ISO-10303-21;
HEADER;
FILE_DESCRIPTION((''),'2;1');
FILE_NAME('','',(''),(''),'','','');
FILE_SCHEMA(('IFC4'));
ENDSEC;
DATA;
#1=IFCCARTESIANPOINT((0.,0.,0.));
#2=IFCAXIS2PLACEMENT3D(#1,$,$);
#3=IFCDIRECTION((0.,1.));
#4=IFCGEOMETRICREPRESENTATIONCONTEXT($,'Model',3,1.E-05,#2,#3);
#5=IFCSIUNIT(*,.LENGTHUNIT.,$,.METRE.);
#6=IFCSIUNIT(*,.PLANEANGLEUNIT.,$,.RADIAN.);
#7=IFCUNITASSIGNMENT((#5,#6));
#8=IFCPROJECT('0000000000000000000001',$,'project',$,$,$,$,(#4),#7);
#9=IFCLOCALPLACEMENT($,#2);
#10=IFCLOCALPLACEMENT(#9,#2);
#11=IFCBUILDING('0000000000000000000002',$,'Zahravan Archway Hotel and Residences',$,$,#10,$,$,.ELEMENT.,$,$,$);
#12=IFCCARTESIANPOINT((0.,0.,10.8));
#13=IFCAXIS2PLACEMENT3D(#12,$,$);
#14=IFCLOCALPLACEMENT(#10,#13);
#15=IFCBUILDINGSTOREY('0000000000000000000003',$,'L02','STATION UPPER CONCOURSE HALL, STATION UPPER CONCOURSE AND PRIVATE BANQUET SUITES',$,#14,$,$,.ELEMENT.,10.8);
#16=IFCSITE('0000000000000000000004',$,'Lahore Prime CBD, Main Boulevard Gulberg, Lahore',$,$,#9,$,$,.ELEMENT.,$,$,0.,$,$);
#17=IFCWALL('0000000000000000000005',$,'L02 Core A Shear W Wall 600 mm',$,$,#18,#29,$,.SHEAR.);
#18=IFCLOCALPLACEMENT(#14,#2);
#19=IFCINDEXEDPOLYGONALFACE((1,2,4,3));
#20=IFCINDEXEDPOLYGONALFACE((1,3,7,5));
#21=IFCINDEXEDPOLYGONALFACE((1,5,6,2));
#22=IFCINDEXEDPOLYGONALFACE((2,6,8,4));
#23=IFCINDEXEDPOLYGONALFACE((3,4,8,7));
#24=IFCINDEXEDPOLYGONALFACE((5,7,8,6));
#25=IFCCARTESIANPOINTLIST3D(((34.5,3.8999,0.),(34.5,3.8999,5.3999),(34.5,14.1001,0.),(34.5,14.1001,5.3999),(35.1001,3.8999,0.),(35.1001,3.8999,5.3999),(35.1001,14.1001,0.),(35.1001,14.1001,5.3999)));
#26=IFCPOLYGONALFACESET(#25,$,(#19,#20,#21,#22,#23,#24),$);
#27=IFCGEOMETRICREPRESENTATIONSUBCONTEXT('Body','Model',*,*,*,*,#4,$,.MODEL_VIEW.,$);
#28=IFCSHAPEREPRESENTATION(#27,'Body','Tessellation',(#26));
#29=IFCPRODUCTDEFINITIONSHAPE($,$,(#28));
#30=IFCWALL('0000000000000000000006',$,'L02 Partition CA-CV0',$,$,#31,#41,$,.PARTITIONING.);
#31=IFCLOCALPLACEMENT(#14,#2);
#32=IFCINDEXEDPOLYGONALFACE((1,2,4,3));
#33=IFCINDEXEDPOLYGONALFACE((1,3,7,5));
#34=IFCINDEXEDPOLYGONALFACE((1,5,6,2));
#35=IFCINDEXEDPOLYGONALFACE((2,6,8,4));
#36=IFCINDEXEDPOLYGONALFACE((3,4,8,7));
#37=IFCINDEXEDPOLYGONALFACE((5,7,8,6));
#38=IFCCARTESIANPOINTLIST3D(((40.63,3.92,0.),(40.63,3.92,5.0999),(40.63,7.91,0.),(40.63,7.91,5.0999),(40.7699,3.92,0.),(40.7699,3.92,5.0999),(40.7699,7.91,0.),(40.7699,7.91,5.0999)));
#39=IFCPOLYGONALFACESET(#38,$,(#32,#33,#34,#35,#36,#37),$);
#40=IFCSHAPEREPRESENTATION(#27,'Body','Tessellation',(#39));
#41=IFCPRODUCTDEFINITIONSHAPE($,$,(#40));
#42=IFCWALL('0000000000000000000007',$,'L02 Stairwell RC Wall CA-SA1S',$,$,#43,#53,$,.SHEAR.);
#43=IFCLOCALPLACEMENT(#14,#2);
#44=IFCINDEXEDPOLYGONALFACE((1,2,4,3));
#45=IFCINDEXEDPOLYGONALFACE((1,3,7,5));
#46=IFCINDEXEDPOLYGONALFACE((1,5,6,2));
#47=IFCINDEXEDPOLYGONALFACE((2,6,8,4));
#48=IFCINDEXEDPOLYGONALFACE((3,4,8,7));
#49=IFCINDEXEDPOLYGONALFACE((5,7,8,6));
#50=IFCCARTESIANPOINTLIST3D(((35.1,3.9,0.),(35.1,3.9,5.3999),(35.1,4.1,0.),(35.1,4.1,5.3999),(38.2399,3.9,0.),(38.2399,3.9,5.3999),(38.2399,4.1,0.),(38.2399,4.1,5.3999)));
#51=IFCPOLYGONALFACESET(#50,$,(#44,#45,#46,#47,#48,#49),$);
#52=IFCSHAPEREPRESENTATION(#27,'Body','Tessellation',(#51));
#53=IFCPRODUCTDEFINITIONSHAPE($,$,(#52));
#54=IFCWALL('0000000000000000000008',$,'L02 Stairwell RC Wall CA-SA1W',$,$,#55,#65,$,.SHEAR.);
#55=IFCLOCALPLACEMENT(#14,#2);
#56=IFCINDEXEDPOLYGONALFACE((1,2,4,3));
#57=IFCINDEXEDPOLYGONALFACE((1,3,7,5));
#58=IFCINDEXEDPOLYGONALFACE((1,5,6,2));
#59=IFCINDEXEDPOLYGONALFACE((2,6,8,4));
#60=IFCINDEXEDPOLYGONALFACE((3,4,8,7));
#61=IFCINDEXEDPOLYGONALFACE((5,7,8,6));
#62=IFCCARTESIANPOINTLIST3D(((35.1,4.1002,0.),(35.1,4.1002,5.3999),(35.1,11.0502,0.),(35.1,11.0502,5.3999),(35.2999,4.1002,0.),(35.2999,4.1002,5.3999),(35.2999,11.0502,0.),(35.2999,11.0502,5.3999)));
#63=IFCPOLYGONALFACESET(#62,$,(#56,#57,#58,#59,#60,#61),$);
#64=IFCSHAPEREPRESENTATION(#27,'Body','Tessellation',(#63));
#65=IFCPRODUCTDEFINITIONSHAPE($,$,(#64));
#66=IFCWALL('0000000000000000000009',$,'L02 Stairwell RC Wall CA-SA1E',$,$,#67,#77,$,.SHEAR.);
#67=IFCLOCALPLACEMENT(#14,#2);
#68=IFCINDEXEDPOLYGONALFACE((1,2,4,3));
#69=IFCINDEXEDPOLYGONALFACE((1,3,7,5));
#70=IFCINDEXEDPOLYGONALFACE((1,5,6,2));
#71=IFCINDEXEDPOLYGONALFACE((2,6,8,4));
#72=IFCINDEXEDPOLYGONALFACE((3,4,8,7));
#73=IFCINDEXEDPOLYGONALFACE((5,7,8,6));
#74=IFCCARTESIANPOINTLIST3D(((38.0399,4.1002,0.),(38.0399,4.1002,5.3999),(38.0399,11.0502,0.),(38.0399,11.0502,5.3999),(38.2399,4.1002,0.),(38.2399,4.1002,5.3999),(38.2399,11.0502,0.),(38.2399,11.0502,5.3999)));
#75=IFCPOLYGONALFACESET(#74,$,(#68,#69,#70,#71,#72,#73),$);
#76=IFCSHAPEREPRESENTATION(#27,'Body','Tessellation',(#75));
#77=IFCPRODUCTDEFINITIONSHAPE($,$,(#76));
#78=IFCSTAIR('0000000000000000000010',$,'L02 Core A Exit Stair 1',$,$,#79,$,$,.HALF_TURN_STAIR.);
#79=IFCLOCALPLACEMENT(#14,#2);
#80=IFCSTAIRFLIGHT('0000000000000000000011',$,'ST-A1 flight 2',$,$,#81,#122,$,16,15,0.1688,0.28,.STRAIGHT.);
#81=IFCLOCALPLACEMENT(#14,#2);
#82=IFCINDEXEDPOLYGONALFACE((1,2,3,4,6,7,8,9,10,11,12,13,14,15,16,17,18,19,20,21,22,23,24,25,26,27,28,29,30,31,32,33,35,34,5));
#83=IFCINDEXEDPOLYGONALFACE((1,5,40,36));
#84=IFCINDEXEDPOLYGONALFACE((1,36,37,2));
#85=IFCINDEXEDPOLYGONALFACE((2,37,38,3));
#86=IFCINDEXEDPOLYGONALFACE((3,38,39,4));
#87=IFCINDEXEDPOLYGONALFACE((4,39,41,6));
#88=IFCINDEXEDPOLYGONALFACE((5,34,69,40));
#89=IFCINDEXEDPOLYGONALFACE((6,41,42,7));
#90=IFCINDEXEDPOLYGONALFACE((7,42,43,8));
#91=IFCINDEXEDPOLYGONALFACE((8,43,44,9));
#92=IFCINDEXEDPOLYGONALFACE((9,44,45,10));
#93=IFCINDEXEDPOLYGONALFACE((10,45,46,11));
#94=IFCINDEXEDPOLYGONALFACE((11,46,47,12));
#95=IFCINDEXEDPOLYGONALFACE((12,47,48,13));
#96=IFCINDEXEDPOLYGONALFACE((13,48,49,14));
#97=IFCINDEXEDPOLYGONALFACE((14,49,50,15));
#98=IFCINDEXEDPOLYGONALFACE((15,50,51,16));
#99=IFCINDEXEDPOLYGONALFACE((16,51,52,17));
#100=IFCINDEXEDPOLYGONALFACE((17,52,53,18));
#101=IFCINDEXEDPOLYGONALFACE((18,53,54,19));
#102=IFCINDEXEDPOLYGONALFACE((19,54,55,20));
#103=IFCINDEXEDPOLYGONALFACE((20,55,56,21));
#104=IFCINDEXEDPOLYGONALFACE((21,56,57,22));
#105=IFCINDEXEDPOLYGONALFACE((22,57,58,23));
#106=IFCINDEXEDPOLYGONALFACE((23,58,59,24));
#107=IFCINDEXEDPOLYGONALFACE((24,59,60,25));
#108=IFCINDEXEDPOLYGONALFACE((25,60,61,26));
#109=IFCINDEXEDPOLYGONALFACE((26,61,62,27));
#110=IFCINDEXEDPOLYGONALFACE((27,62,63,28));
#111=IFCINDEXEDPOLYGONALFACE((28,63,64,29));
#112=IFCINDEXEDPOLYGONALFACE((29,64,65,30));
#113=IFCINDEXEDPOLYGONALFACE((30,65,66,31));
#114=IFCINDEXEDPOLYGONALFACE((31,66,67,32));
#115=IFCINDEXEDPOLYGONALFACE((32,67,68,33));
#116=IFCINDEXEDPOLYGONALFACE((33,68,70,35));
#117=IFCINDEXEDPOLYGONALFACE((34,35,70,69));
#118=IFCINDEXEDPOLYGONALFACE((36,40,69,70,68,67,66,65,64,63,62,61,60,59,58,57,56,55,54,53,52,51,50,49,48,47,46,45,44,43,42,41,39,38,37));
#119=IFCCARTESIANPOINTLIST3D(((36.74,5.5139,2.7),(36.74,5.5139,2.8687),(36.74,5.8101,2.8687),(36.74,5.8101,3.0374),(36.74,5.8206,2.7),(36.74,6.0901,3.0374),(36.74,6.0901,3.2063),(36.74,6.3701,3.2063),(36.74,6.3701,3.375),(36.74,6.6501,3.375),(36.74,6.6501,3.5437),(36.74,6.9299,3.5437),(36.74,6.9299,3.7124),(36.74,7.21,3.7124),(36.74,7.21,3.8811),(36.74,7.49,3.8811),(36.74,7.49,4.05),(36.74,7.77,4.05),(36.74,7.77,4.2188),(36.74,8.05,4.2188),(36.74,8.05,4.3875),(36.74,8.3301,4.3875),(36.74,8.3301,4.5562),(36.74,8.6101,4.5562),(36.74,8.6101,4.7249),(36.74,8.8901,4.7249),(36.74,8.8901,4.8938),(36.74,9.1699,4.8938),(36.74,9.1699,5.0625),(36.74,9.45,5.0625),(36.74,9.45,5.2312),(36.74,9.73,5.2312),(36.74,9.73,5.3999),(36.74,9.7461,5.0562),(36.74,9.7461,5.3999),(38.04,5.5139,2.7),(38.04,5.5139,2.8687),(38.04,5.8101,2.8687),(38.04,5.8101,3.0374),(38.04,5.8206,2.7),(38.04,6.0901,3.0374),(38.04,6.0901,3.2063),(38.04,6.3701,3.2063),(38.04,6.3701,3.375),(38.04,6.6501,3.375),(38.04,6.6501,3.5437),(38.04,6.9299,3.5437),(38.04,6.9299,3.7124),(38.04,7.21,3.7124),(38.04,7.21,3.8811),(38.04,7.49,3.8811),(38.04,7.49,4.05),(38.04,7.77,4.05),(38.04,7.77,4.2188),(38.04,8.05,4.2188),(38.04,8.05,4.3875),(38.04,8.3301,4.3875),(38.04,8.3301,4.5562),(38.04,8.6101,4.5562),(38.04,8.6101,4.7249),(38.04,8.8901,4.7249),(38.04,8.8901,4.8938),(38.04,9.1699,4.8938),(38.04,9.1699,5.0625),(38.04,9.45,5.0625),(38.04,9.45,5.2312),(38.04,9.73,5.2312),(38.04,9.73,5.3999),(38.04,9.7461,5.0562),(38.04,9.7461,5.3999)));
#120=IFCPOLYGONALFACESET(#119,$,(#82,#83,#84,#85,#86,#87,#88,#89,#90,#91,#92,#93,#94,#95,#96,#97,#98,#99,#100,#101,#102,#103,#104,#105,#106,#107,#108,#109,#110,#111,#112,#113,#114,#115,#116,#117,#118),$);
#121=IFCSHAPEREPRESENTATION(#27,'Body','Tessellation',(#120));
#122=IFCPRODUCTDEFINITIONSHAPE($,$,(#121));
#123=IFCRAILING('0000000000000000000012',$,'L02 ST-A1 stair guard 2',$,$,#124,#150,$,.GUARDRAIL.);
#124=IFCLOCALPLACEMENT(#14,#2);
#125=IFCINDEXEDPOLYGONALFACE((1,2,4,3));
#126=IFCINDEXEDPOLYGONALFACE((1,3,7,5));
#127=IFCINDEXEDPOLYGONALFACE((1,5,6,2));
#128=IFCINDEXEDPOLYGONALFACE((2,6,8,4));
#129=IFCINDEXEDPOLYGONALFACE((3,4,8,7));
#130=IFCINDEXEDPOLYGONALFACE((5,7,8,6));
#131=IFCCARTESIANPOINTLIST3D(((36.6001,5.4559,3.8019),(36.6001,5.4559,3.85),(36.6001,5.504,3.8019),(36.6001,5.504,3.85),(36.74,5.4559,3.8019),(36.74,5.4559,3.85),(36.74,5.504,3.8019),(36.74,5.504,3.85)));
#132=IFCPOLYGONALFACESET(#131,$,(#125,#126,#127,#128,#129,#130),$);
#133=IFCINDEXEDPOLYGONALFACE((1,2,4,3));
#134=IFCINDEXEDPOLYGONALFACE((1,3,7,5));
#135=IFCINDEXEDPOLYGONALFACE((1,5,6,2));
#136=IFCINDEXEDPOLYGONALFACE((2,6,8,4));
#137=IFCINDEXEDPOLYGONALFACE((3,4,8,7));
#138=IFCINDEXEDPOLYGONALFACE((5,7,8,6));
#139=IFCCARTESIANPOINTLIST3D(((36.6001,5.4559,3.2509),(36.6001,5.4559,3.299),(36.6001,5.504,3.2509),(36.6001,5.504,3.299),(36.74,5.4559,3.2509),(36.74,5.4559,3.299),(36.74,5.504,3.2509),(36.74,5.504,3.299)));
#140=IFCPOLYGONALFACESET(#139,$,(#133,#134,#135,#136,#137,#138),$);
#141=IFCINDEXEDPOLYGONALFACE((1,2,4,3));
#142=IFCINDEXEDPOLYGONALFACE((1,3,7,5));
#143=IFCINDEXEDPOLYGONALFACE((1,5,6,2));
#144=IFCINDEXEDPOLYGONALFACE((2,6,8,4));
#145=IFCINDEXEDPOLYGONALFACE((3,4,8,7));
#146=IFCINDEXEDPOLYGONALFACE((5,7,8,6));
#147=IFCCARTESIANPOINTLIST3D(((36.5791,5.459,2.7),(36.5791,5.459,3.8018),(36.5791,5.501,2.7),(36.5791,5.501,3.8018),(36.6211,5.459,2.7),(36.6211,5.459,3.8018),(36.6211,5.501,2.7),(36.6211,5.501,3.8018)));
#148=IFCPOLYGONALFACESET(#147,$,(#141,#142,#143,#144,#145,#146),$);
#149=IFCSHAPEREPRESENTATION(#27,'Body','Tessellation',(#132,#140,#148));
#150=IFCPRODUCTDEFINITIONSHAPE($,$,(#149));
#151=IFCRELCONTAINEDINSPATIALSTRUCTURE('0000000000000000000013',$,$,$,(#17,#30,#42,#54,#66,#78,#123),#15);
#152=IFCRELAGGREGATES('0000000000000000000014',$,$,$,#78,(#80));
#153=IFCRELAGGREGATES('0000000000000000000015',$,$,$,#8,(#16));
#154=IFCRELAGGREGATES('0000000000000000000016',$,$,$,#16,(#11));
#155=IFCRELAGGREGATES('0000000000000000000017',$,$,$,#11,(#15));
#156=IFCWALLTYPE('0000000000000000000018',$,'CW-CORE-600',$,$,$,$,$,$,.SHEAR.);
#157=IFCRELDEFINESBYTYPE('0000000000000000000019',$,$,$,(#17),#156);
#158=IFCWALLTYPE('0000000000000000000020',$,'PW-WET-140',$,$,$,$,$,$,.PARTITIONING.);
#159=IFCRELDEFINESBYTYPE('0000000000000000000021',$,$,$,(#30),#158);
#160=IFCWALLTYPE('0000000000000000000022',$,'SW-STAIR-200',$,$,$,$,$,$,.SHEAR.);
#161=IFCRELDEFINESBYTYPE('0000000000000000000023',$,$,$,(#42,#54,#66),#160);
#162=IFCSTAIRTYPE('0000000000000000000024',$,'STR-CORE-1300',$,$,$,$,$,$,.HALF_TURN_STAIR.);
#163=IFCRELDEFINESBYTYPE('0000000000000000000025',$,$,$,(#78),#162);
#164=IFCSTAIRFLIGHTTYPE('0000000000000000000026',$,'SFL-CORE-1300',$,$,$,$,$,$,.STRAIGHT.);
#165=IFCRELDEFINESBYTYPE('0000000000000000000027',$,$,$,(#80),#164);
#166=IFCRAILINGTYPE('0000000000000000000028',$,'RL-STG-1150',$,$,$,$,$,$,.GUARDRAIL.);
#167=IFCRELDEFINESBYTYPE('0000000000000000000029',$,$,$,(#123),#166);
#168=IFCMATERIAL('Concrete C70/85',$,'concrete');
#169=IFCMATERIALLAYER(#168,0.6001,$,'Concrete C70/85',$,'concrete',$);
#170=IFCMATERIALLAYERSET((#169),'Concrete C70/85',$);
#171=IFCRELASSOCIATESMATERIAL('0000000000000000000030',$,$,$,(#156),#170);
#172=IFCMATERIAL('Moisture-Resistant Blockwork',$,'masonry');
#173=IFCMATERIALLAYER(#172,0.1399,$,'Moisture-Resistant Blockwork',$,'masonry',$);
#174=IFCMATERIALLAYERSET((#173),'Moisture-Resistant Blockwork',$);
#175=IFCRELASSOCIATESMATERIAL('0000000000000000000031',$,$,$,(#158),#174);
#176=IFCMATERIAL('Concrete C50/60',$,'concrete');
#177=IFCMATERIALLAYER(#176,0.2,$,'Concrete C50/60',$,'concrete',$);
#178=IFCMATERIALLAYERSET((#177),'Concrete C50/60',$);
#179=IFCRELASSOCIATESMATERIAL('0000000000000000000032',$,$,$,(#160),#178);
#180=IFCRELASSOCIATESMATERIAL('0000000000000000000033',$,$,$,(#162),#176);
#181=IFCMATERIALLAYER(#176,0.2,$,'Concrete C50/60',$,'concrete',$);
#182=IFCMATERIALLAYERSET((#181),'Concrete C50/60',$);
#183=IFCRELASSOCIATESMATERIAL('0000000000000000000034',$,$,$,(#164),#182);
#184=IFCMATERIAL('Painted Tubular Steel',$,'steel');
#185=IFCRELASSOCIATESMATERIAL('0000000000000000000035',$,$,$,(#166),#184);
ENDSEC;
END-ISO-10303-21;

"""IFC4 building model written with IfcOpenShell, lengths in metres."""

from ifc_helpers import new_model, si_unit, direction, frame, frame_2d, origin, origin_2d, place, context, subcontext, project, spatial, polyline, rectangle, outline, extrude, source, transform, mapped, material, layer, layer_set, type_object, element, aggregate, save


model = new_model("IFC4")

# Units and contexts
model_context = context("Model", 3, precision=1e-05, world=origin(), true_north=direction((0.0, 1.0)))
body_context = subcontext(model_context, "Body", "Model", "MODEL_VIEW")
ifc_project = project(units=[si_unit("LENGTHUNIT", "METRE"), si_unit("PLANEANGLEUNIT", "RADIAN")], contexts=[model_context])

# Site, building, storey
site_placement = place(None, origin())
site = spatial("IfcSite", under=ifc_project, at=site_placement, Name="Lahore Prime CBD, Main Boulevard Gulberg, Lahore", CompositionType="ELEMENT", RefElevation=0.0)
building_placement = place(site_placement, origin())
building = spatial("IfcBuilding", under=site, at=building_placement, Name="Zahravan Archway Hotel and Residences", CompositionType="ELEMENT")
storey_placement = place(building_placement, frame((0.0, 0.0, 10.8)))
storey = spatial("IfcBuildingStorey", under=building, at=storey_placement, Name="L02", Description="STATION UPPER CONCOURSE HALL, STATION UPPER CONCOURSE AND PRIVATE BANQUET SUITES", CompositionType="ELEMENT", Elevation=10.8)

# Wall
ifc_material_1 = material(Name="Concrete C70/85", Category="concrete")
ifc_layer_1 = layer(ifc_material_1, 0.6001, Name="Concrete C70/85", Category="concrete")
ifc_layer_set_1 = layer_set([ifc_layer_1], Name="Concrete C70/85")
wall_type_1 = type_object("IfcWallType", Name="CW-CORE-600", PredefinedType="SHEAR", material=ifc_layer_set_1)
wall_1_placement = place(storey_placement, frame((34.8, 3.8999, 0.0), z_axis=(0.0, 0.0, 1.0), x_axis=(0.0, 1.0, 0.0)))
element("IfcWall", 1, at=wall_1_placement, inside=storey, type_object=wall_type_1, Name="L02 Core A Shear W Wall 600 mm", PredefinedType="SHEAR", context=body_context, shape_type="SweptSolid", body=[
    extrude(rectangle(XDim=10.2002, YDim=0.6001, at=frame_2d((5.1001, 0.0))), origin(), (0.0, 0.0, 1.0), 5.3999),
])

# Walls
ifc_material_2 = material(Name="Moisture-Resistant Blockwork", Category="masonry")
ifc_layer_2 = layer(ifc_material_2, 0.1399, Name="Moisture-Resistant Blockwork", Category="masonry")
ifc_layer_set_2 = layer_set([ifc_layer_2], Name="Moisture-Resistant Blockwork")
wall_type_2 = type_object("IfcWallType", Name="PW-WET-140", PredefinedType="PARTITIONING", material=ifc_layer_set_2)
wall_2_placement = place(storey_placement, frame((40.7, 3.9199, 0.0), z_axis=(0.0, 0.0, 1.0), x_axis=(0.0, 1.0, 0.0)))
element("IfcWall", 2, at=wall_2_placement, inside=storey, type_object=wall_type_2, Name="L02 Partition CA-CV0", PredefinedType="PARTITIONING", context=body_context, shape_type="SweptSolid", body=[
    extrude(rectangle(XDim=3.99, YDim=0.1399, at=frame_2d((1.9951, 0.0))), origin(), (0.0, 0.0, 1.0), 5.0999),
])
ifc_material_3 = material(Name="Concrete C50/60", Category="concrete")
ifc_layer_3 = layer(ifc_material_3, 0.2, Name="Concrete C50/60", Category="concrete")
ifc_layer_set_3 = layer_set([ifc_layer_3], Name="Concrete C50/60")
wall_type_3 = type_object("IfcWallType", Name="SW-STAIR-200", PredefinedType="SHEAR", material=ifc_layer_set_3)
wall_3_placement = place(storey_placement, frame((35.1001, 4.0, 0.0), z_axis=(0.0, 0.0, 1.0), x_axis=(1.0, 0.0, 0.0)))
element("IfcWall", 3, at=wall_3_placement, inside=storey, type_object=wall_type_3, Name="L02 Stairwell RC Wall CA-SA1S", PredefinedType="SHEAR", context=body_context, shape_type="SweptSolid", body=[
    extrude(rectangle(XDim=3.1399, YDim=0.2, at=frame_2d((1.5698, 0.0))), origin(), (0.0, 0.0, 1.0), 5.3999),
])
for number, where, z_axis, x_axis, name in (
    (4, (35.2, 4.1001, 0.0), (0.0, 0.0, 1.0), (0.0, 1.0, 0.0), "L02 Stairwell RC Wall CA-SA1W"),
    (5, (38.1399, 4.1001, 0.0), (0.0, 0.0, 1.0), (0.0, 1.0, 0.0), "L02 Stairwell RC Wall CA-SA1E"),
):
    element("IfcWall", number, at=place(storey_placement, frame(where, z_axis=z_axis, x_axis=x_axis)), inside=storey, type_object=wall_type_3, Name=name, PredefinedType="SHEAR", context=body_context, shape_type="SweptSolid", body=[
        extrude(rectangle(XDim=6.95, YDim=0.2, at=frame_2d((3.4751, 0.0))), origin(), (0.0, 0.0, 1.0), 5.3999),
    ])

# Stair, stair flight
stair_type = type_object("IfcStairType", Name="STR-CORE-1300", PredefinedType="HALF_TURN_STAIR", material=ifc_material_3)
stair_placement = place(storey_placement, origin())
stair = element("IfcStair", 6, at=stair_placement, inside=storey, type_object=stair_type, Name="L02 Core A Exit Stair 1", PredefinedType="HALF_TURN_STAIR")
ifc_layer_4 = layer(ifc_material_3, 0.2, Name="Concrete C50/60", Category="concrete")
ifc_layer_set_4 = layer_set([ifc_layer_4], Name="Concrete C50/60")
stair_flight_type = type_object("IfcStairFlightType", Name="SFL-CORE-1300", PredefinedType="STRAIGHT", material=ifc_layer_set_4)
shared_shape_1 = source(origin(), body_context, "Body", "SweptSolid", [
    extrude(outline(polyline([(-0.0161, 0.0), (-0.0161, 0.1687), (0.28, 0.1687), (0.28, 0.3374), (0.5601, 0.3374), (0.5601, 0.5063), (0.8401, 0.5063), (0.8401, 0.675), (1.1201, 0.675), (1.1201, 0.8438), (1.3999, 0.8438), (1.3999, 1.0125), (1.6799, 1.0125), (1.6799, 1.1812), (1.96, 1.1812), (1.96, 1.3501), (2.24, 1.3501), (2.24, 1.5188), (2.52, 1.5188), (2.52, 1.6875), (2.8, 1.6875), (2.8, 1.8562), (3.0801, 1.8562), (3.0801, 2.0249), (3.3601, 2.0249), (3.3601, 2.1938), (3.6399, 2.1938), (3.6399, 2.3625), (3.9199, 2.3625), (3.9199, 2.5312), (4.2, 2.5312), (4.2, 2.7), (4.2161, 2.7), (4.2161, 2.3562), (0.2905, 0.0), (-0.0161, 0.0)])), frame((0.0, 0.6499, 0.0), z_axis=(0.0, -1.0, 0.0), x_axis=(1.0, 0.0, 0.0)), (0.0, 0.0, 1.0), 1.3),
])
stair_flight_placement = place(storey_placement, frame((37.3899, 5.53, 2.7), z_axis=(0.0, 0.0, 1.0), x_axis=(0.0, 1.0, 0.0)))
stair_flight = element("IfcStairFlight", 7, at=stair_flight_placement, type_object=stair_flight_type, Name="ST-A1 flight 2", NumberOfRisers=16, NumberOfTreads=15, PredefinedType="STRAIGHT", RiserHeight=0.1688, TreadLength=0.28, context=body_context, shape_type="MappedRepresentation", body=[
    mapped(shared_shape_1, transform((0.0, 0.0, 0.0), scale=1.0)),
])
aggregate(stair, [stair_flight])

# Railing
ifc_material_4 = material(Name="Painted Tubular Steel", Category="steel")
railing_type_1 = type_object("IfcRailingType", Name="RL-STG-1150", PredefinedType="GUARDRAIL", material=ifc_material_4)
railing_1_placement = place(storey_placement, frame((36.6001, 5.48, 2.7)))
element("IfcRailing", 8, at=railing_1_placement, inside=storey, type_object=railing_type_1, Name="L02 ST-A1 stair guard 2", PredefinedType="GUARDRAIL", context=body_context, shape_type="SweptSolid", body=[
    extrude(rectangle(XDim=0.0481, YDim=0.0481, at=origin_2d()), frame((0.0, 0.0, 1.126), z_axis=(1.0, 0.0, 0.0), x_axis=(0.0, 1.0, 0.0)), (0.0, 0.0, 1.0), 0.1399),
    extrude(rectangle(XDim=0.0481, YDim=0.0481, at=origin_2d()), frame((0.0, 0.0, 0.575), z_axis=(1.0, 0.0, 0.0), x_axis=(0.0, 1.0, 0.0)), (0.0, 0.0, 1.0), 0.1399),
    extrude(rectangle(XDim=0.042, YDim=0.042, at=origin_2d()), origin(), (0.0, 0.0, 1.0), 1.1018),
])

save(model, "model.ifc")
